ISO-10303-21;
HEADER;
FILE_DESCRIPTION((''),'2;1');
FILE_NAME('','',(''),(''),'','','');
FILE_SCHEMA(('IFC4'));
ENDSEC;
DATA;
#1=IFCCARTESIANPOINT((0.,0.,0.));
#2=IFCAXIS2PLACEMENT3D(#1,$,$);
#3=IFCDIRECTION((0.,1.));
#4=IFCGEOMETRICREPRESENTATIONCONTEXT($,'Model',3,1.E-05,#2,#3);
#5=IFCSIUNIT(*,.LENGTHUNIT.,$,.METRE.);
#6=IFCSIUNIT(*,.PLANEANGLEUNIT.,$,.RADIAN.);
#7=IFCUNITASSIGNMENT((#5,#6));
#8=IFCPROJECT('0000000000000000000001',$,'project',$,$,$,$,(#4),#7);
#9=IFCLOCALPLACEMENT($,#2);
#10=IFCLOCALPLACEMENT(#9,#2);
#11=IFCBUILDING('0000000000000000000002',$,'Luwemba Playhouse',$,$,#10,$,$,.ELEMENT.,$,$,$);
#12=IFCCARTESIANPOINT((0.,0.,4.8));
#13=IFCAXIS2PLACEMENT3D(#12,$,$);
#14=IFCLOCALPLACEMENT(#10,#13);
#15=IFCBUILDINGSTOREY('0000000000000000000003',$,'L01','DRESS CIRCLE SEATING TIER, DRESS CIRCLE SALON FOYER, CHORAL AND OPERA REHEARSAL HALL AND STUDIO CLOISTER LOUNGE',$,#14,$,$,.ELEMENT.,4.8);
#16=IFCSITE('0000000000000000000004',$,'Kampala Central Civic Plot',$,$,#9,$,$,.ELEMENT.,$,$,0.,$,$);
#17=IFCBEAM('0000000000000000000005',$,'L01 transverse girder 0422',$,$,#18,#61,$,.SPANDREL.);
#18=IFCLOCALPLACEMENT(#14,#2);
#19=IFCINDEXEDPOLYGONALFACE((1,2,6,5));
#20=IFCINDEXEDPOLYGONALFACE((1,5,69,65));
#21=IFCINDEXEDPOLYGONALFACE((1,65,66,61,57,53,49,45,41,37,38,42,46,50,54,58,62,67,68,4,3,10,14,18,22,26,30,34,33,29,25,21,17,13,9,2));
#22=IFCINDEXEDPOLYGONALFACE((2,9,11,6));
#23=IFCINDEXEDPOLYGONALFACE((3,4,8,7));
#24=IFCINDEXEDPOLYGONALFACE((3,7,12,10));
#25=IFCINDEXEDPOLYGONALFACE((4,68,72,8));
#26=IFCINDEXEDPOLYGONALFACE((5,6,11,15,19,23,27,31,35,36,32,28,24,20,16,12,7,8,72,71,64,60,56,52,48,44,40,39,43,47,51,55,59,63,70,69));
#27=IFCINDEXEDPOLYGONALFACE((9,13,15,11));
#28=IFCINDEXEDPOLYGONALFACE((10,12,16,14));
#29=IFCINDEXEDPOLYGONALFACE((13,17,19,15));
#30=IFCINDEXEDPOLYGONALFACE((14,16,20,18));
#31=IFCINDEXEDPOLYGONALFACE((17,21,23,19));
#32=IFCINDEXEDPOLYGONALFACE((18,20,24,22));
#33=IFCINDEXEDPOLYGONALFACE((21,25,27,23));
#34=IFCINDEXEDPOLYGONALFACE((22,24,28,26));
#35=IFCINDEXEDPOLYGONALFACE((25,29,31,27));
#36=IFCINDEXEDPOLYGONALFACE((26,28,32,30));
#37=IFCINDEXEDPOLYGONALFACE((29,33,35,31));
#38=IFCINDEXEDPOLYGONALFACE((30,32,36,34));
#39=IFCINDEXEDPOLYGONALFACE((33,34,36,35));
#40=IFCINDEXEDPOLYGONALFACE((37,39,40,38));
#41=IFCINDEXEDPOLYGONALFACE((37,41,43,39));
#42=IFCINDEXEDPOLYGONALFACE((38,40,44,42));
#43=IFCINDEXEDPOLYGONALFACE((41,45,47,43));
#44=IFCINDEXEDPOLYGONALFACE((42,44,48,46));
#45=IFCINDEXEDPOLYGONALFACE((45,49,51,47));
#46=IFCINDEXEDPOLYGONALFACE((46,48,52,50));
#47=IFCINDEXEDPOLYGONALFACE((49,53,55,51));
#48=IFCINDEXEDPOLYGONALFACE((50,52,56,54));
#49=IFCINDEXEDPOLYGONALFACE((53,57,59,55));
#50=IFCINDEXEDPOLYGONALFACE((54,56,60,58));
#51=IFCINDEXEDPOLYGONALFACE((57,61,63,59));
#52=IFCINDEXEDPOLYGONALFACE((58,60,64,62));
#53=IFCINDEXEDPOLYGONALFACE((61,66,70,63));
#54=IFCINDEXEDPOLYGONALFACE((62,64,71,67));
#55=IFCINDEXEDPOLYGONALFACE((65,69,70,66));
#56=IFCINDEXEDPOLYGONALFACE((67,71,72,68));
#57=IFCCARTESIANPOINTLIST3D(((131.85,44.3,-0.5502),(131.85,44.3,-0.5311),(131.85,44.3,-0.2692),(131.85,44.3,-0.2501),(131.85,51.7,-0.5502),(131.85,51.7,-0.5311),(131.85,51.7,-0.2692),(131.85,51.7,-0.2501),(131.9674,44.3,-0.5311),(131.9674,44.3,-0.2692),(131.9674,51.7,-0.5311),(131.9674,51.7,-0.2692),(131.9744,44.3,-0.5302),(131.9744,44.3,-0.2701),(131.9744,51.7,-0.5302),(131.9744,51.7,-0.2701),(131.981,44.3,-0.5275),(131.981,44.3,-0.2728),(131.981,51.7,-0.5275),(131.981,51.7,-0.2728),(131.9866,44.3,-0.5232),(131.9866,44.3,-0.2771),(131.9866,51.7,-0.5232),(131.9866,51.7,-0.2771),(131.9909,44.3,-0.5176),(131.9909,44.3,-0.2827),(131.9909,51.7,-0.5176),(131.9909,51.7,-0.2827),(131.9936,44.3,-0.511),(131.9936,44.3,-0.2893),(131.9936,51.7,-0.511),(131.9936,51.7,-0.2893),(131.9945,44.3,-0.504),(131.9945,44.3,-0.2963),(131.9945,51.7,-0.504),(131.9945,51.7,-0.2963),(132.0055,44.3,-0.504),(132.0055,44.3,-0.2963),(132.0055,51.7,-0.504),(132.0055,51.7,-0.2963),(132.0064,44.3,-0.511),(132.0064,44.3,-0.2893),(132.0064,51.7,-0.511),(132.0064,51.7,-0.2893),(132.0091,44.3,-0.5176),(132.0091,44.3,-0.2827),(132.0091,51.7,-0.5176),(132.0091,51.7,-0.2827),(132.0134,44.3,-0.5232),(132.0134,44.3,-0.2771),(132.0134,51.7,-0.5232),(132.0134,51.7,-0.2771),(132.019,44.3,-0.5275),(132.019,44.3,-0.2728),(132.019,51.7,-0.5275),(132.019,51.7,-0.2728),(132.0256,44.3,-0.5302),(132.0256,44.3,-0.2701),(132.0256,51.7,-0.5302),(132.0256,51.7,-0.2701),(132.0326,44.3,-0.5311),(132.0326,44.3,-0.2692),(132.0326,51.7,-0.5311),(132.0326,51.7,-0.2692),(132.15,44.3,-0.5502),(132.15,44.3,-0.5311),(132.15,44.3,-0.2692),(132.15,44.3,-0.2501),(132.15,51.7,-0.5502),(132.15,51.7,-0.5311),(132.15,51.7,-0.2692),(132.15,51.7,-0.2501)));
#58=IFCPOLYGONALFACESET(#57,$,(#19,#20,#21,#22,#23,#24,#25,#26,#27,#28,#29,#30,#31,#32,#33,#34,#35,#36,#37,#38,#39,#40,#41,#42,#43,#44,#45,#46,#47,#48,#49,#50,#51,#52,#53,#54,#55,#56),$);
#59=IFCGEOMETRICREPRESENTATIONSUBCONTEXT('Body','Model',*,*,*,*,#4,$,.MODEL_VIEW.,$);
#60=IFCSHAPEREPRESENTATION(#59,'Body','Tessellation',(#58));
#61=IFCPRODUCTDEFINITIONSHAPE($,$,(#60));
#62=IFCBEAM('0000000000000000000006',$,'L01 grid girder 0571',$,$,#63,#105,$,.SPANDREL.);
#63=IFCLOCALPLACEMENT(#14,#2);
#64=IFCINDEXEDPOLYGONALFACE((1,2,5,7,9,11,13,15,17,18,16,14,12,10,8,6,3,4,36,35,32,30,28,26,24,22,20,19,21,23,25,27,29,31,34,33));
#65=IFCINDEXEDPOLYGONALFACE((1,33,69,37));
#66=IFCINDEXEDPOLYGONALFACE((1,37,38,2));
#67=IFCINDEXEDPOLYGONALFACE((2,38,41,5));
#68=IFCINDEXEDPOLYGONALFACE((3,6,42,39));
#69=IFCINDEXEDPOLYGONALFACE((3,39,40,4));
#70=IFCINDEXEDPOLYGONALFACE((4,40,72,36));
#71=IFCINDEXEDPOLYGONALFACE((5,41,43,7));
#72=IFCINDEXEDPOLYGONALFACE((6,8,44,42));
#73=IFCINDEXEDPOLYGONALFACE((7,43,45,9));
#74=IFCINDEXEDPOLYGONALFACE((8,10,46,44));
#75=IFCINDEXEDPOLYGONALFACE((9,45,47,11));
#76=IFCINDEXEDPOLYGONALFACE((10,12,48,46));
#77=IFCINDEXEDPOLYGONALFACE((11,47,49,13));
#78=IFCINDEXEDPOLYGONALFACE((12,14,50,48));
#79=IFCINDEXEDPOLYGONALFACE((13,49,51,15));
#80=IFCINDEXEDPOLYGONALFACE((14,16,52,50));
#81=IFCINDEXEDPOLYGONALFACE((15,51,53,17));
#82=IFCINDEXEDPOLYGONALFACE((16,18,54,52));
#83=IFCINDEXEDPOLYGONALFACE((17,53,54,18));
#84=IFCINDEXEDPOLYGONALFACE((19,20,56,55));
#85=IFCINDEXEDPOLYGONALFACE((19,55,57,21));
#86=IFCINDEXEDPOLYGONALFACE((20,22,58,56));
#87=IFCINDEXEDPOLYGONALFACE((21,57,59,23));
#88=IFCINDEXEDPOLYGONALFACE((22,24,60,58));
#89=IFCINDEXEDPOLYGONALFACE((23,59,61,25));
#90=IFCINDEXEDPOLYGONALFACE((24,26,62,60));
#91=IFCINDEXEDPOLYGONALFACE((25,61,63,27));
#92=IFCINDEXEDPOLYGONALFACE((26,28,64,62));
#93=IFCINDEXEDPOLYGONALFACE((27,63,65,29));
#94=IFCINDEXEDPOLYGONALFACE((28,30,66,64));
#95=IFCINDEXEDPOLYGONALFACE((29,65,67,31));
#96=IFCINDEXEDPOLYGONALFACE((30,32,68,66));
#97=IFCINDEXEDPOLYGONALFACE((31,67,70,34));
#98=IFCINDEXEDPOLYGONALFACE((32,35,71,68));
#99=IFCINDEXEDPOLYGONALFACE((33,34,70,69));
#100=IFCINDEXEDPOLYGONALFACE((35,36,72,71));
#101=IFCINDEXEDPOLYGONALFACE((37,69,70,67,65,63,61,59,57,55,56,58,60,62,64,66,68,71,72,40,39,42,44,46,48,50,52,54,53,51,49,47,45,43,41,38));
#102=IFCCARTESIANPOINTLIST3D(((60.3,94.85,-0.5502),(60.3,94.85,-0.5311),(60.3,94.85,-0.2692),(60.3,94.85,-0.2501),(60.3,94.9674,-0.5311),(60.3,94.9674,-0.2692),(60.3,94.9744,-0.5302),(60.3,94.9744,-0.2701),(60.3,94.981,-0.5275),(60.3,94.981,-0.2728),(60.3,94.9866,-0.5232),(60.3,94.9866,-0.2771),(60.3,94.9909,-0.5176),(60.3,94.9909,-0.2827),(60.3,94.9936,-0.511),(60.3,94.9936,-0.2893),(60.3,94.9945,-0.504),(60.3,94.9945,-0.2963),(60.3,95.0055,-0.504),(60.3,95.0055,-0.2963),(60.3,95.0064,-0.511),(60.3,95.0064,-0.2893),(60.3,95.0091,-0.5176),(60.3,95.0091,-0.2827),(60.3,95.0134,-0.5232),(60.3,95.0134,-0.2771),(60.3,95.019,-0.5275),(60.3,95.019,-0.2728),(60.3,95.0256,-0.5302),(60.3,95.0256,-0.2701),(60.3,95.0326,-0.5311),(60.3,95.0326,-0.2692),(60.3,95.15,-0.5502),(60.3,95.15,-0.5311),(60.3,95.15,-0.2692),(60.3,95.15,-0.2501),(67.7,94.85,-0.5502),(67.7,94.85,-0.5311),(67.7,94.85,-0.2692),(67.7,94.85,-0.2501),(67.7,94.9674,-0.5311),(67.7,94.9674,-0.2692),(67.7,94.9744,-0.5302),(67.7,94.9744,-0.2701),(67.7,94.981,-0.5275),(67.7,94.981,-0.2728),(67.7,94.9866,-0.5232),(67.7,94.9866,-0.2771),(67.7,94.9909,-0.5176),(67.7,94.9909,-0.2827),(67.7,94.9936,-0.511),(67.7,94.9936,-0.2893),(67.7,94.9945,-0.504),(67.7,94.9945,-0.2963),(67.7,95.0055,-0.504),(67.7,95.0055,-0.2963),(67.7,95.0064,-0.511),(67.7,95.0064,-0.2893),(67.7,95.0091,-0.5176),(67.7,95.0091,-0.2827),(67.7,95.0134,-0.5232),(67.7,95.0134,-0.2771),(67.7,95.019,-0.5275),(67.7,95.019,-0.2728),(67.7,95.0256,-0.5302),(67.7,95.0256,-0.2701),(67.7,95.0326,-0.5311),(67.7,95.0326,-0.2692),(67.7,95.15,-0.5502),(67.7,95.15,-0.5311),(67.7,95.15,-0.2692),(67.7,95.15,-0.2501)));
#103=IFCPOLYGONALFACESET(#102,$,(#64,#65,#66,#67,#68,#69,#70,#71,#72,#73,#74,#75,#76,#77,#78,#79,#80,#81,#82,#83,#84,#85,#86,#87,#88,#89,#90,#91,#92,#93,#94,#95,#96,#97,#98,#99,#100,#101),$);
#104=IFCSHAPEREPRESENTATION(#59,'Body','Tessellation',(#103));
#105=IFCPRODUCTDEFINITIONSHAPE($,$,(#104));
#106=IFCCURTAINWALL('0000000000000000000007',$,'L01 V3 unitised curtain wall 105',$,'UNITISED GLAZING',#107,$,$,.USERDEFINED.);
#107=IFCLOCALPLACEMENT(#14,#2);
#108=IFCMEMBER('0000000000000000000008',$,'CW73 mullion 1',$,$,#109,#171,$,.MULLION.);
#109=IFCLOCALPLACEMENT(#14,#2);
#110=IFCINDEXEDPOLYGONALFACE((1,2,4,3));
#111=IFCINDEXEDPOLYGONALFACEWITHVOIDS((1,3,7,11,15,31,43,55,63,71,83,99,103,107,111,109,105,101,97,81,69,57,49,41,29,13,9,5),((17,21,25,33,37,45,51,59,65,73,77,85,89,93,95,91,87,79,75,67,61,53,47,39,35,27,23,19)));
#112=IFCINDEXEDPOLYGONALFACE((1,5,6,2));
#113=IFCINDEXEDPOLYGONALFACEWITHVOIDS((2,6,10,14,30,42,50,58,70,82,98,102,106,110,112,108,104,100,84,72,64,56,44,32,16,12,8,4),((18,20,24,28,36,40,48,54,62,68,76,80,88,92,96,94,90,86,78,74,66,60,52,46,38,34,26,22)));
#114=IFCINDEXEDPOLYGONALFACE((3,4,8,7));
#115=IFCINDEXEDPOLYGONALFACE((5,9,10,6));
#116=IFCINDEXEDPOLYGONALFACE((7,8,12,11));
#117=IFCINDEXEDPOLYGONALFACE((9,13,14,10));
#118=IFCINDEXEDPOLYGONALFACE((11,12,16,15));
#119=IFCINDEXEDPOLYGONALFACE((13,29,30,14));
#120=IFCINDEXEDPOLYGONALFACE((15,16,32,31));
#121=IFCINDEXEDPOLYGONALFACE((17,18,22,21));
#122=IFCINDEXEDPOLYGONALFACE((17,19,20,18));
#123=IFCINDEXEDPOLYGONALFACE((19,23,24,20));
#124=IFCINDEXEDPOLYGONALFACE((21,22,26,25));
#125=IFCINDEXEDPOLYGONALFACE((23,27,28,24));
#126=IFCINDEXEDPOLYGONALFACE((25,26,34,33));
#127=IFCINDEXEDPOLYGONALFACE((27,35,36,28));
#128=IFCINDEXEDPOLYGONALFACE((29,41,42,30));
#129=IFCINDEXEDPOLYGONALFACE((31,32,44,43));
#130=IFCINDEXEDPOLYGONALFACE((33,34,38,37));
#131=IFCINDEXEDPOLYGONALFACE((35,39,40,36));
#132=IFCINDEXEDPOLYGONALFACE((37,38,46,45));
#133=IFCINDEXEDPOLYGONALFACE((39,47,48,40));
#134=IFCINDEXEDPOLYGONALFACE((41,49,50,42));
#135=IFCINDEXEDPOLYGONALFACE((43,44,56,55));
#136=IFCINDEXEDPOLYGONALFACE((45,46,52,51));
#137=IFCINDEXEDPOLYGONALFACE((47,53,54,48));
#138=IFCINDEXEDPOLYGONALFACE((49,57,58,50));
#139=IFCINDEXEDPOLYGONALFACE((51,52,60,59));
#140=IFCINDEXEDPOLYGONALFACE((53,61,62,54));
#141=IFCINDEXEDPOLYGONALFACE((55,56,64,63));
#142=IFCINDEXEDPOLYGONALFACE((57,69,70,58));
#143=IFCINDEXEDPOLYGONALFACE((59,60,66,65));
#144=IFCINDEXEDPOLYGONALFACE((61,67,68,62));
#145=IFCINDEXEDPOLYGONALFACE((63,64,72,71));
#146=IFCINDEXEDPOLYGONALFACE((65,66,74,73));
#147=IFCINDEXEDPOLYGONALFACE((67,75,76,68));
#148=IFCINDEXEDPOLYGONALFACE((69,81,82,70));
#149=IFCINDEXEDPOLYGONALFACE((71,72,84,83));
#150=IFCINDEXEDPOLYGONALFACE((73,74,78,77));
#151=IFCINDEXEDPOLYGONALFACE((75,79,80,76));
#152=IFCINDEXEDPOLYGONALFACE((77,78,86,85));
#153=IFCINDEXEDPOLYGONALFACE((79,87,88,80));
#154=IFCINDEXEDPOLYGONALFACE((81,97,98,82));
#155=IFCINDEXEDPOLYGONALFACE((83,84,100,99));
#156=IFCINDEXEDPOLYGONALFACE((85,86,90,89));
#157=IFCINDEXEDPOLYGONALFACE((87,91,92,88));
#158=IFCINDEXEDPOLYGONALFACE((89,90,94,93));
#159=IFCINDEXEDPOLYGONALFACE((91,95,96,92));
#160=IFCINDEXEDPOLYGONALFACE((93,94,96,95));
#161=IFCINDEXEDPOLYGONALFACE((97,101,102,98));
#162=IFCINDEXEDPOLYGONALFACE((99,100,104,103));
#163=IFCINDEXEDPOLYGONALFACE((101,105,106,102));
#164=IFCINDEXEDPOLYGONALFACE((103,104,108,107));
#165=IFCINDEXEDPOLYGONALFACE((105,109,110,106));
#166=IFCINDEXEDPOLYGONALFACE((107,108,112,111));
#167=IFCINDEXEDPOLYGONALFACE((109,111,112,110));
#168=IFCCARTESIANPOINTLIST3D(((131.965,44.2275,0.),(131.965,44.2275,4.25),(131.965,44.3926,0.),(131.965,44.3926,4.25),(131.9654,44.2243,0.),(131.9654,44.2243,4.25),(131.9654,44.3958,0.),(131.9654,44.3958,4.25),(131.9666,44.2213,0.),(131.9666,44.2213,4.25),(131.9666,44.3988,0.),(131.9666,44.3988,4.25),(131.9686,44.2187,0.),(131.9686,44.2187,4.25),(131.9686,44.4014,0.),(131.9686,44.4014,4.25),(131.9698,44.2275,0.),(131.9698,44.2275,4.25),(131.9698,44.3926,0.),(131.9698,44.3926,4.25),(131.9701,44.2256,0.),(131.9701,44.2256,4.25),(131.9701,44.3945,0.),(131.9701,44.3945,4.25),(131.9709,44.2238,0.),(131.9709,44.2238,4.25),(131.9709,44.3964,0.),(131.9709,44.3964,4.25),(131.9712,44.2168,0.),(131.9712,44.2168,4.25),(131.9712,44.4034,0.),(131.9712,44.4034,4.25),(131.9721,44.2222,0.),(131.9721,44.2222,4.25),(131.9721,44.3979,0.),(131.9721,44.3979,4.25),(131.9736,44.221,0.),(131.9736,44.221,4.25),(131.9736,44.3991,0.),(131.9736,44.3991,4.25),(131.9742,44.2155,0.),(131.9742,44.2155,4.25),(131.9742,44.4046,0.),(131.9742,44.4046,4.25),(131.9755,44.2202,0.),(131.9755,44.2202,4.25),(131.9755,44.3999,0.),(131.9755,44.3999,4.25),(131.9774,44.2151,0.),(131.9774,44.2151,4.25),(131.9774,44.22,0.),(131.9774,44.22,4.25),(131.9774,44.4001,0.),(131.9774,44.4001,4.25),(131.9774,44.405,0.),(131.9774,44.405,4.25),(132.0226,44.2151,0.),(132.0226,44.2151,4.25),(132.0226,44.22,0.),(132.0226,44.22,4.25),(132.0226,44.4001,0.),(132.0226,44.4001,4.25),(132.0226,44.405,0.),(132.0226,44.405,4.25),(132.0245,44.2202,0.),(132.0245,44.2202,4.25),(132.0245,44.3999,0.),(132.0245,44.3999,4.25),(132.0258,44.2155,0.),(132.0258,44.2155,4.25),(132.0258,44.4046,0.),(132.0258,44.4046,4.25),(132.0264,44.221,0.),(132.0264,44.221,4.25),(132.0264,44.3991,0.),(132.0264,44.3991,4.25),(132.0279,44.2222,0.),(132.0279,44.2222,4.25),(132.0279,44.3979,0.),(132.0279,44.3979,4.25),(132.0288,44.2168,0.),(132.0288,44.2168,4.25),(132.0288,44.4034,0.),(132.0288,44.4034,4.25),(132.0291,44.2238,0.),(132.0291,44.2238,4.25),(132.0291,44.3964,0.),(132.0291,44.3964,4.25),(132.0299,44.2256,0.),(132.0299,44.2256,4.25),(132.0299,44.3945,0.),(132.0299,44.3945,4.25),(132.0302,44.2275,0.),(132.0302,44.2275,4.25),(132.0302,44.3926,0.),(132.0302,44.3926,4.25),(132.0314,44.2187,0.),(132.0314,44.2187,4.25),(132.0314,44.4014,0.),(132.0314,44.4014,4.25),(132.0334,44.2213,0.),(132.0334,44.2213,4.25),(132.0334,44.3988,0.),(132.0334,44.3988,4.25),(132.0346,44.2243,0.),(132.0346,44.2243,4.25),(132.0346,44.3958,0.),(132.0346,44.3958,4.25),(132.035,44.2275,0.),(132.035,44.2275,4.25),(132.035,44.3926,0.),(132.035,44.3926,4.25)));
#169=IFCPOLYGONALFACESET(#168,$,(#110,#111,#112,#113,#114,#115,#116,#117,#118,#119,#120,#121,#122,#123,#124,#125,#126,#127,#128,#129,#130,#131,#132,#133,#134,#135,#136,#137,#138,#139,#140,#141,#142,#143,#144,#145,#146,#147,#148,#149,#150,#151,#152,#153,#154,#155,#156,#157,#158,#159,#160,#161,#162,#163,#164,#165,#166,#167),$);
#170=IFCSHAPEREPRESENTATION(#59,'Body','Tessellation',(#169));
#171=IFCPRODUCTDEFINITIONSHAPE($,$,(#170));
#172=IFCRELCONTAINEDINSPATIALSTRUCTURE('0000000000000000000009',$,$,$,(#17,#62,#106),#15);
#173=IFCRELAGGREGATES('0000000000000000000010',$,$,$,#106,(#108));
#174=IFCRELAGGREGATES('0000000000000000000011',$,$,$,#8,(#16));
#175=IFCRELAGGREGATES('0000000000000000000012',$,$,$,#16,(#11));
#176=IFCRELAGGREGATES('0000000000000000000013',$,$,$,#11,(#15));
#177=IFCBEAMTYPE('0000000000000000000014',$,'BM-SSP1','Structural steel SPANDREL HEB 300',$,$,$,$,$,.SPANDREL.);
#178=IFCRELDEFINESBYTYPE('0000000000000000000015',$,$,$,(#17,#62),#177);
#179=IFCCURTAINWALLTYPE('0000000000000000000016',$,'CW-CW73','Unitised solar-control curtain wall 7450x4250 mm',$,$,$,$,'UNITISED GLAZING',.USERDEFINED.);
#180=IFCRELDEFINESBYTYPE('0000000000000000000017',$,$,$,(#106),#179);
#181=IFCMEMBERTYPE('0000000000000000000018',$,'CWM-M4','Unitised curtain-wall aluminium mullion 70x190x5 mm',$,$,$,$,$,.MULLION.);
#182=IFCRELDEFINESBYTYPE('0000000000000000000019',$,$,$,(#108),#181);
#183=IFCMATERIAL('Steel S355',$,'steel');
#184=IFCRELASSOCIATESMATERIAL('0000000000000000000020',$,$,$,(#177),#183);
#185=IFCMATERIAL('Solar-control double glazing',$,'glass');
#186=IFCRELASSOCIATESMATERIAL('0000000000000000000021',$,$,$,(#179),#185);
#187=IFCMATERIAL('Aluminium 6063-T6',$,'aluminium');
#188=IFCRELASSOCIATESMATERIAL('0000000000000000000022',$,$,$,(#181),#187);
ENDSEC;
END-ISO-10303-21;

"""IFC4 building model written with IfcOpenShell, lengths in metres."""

from ifc_helpers import new_model, si_unit, direction, frame, origin, origin_2d, place, context, subcontext, project, spatial, hollow_rectangle, i_section, extrude, material, material_profile, profile_set, type_object, element, aggregate, save


model = new_model("IFC4")

# Units and contexts
model_context = context("Model", 3, precision=1e-05, world=origin(), true_north=direction((0.0, 1.0)))
body_context = subcontext(model_context, "Body", "Model", "MODEL_VIEW")
ifc_project = project(units=[si_unit("LENGTHUNIT", "METRE"), si_unit("PLANEANGLEUNIT", "RADIAN")], contexts=[model_context])

# Site, building, storey
site_placement = place(None, origin())
site = spatial("IfcSite", under=ifc_project, at=site_placement, Name="Kampala Central Civic Plot", CompositionType="ELEMENT", RefElevation=0.0)
building_placement = place(site_placement, origin())
building = spatial("IfcBuilding", under=site, at=building_placement, Name="Luwemba Playhouse", CompositionType="ELEMENT")
storey_placement = place(building_placement, frame((0.0, 0.0, 4.8)))
storey = spatial("IfcBuildingStorey", under=building, at=storey_placement, Name="L01", Description="DRESS CIRCLE SEATING TIER, DRESS CIRCLE SALON FOYER, CHORAL AND OPERA REHEARSAL HALL AND STUDIO CLOISTER LOUNGE", CompositionType="ELEMENT", Elevation=4.8)

# Beams
ifc_material_1 = material(Name="Steel S355", Category="steel")
ifc_material_profile_1 = material_profile(ifc_material_1, i_section(OverallWidth=0.3, OverallDepth=0.3, WebThickness=0.011, FlangeThickness=0.019, FilletRadius=0.0271, at=origin_2d()))
ifc_profile_set_1 = profile_set([ifc_material_profile_1], Name="Steel S355")
beam_type_1 = type_object("IfcBeamType", Name="BM-SSP1", Description="Structural steel SPANDREL HEB 300", PredefinedType="SPANDREL", material=ifc_profile_set_1)
for number, where, z_axis, x_axis, name in (
    (1, (132.0, 44.3, -0.4001), (0.0, 1.0, 0.0), (-1.0, 0.0, 0.0), "L01 transverse girder 0422"),
    (2, (60.3, 95.0, -0.4001), (1.0, 0.0, 0.0), (0.0, 1.0, 0.0), "L01 grid girder 0571"),
):
    element("IfcBeam", number, at=place(storey_placement, frame(where, z_axis=z_axis, x_axis=x_axis)), inside=storey, type_object=beam_type_1, Name=name, PredefinedType="SPANDREL", context=body_context, shape_type="SweptSolid", body=[
        extrude(i_section(OverallWidth=0.3, OverallDepth=0.3, WebThickness=0.011, FlangeThickness=0.019, FilletRadius=0.0271, at=origin_2d()), origin(), (0.0, 0.0, 1.0), 7.3999),
    ])

# Curtain wall, member
ifc_material_2 = material(Name="Solar-control double glazing", Category="glass")
curtain_wall_type = type_object("IfcCurtainWallType", Name="CW-CW73", Description="Unitised solar-control curtain wall 7450x4250 mm", ElementType="UNITISED GLAZING", PredefinedType="USERDEFINED", material=ifc_material_2)
curtain_wall_placement = place(storey_placement, origin())
curtain_wall = element("IfcCurtainWall", 3, at=curtain_wall_placement, inside=storey, type_object=curtain_wall_type, Name="L01 V3 unitised curtain wall 105", ObjectType="UNITISED GLAZING", PredefinedType="USERDEFINED")
ifc_material_3 = material(Name="Aluminium 6063-T6", Category="aluminium")
ifc_material_profile_2 = material_profile(ifc_material_3, hollow_rectangle(XDim=0.0701, YDim=0.1899, WallThickness=0.0049, InnerFilletRadius=0.0076, OuterFilletRadius=0.0125, at=origin_2d()))
ifc_profile_set_2 = profile_set([ifc_material_profile_2], Name="Aluminium 6063-T6")
member_type_1 = type_object("IfcMemberType", Name="CWM-M4", Description="Unitised curtain-wall aluminium mullion 70x190x5 mm", PredefinedType="MULLION", material=ifc_profile_set_2)
member_1_placement = place(storey_placement, frame((132.0, 44.3101, 0.0), z_axis=(0.0, 0.0, 1.0), x_axis=(-1.0, 0.0, 0.0)))
member_1 = element("IfcMember", 4, at=member_1_placement, type_object=member_type_1, Name="CW73 mullion 1", PredefinedType="MULLION", context=body_context, shape_type="SweptSolid", body=[
    extrude(hollow_rectangle(XDim=0.0701, YDim=0.1899, WallThickness=0.0049, InnerFilletRadius=0.0076, OuterFilletRadius=0.0125, at=origin_2d()), origin(), (0.0, 0.0, 1.0), 4.25),
])
aggregate(curtain_wall, [member_1])

save(model, "model.ifc")
